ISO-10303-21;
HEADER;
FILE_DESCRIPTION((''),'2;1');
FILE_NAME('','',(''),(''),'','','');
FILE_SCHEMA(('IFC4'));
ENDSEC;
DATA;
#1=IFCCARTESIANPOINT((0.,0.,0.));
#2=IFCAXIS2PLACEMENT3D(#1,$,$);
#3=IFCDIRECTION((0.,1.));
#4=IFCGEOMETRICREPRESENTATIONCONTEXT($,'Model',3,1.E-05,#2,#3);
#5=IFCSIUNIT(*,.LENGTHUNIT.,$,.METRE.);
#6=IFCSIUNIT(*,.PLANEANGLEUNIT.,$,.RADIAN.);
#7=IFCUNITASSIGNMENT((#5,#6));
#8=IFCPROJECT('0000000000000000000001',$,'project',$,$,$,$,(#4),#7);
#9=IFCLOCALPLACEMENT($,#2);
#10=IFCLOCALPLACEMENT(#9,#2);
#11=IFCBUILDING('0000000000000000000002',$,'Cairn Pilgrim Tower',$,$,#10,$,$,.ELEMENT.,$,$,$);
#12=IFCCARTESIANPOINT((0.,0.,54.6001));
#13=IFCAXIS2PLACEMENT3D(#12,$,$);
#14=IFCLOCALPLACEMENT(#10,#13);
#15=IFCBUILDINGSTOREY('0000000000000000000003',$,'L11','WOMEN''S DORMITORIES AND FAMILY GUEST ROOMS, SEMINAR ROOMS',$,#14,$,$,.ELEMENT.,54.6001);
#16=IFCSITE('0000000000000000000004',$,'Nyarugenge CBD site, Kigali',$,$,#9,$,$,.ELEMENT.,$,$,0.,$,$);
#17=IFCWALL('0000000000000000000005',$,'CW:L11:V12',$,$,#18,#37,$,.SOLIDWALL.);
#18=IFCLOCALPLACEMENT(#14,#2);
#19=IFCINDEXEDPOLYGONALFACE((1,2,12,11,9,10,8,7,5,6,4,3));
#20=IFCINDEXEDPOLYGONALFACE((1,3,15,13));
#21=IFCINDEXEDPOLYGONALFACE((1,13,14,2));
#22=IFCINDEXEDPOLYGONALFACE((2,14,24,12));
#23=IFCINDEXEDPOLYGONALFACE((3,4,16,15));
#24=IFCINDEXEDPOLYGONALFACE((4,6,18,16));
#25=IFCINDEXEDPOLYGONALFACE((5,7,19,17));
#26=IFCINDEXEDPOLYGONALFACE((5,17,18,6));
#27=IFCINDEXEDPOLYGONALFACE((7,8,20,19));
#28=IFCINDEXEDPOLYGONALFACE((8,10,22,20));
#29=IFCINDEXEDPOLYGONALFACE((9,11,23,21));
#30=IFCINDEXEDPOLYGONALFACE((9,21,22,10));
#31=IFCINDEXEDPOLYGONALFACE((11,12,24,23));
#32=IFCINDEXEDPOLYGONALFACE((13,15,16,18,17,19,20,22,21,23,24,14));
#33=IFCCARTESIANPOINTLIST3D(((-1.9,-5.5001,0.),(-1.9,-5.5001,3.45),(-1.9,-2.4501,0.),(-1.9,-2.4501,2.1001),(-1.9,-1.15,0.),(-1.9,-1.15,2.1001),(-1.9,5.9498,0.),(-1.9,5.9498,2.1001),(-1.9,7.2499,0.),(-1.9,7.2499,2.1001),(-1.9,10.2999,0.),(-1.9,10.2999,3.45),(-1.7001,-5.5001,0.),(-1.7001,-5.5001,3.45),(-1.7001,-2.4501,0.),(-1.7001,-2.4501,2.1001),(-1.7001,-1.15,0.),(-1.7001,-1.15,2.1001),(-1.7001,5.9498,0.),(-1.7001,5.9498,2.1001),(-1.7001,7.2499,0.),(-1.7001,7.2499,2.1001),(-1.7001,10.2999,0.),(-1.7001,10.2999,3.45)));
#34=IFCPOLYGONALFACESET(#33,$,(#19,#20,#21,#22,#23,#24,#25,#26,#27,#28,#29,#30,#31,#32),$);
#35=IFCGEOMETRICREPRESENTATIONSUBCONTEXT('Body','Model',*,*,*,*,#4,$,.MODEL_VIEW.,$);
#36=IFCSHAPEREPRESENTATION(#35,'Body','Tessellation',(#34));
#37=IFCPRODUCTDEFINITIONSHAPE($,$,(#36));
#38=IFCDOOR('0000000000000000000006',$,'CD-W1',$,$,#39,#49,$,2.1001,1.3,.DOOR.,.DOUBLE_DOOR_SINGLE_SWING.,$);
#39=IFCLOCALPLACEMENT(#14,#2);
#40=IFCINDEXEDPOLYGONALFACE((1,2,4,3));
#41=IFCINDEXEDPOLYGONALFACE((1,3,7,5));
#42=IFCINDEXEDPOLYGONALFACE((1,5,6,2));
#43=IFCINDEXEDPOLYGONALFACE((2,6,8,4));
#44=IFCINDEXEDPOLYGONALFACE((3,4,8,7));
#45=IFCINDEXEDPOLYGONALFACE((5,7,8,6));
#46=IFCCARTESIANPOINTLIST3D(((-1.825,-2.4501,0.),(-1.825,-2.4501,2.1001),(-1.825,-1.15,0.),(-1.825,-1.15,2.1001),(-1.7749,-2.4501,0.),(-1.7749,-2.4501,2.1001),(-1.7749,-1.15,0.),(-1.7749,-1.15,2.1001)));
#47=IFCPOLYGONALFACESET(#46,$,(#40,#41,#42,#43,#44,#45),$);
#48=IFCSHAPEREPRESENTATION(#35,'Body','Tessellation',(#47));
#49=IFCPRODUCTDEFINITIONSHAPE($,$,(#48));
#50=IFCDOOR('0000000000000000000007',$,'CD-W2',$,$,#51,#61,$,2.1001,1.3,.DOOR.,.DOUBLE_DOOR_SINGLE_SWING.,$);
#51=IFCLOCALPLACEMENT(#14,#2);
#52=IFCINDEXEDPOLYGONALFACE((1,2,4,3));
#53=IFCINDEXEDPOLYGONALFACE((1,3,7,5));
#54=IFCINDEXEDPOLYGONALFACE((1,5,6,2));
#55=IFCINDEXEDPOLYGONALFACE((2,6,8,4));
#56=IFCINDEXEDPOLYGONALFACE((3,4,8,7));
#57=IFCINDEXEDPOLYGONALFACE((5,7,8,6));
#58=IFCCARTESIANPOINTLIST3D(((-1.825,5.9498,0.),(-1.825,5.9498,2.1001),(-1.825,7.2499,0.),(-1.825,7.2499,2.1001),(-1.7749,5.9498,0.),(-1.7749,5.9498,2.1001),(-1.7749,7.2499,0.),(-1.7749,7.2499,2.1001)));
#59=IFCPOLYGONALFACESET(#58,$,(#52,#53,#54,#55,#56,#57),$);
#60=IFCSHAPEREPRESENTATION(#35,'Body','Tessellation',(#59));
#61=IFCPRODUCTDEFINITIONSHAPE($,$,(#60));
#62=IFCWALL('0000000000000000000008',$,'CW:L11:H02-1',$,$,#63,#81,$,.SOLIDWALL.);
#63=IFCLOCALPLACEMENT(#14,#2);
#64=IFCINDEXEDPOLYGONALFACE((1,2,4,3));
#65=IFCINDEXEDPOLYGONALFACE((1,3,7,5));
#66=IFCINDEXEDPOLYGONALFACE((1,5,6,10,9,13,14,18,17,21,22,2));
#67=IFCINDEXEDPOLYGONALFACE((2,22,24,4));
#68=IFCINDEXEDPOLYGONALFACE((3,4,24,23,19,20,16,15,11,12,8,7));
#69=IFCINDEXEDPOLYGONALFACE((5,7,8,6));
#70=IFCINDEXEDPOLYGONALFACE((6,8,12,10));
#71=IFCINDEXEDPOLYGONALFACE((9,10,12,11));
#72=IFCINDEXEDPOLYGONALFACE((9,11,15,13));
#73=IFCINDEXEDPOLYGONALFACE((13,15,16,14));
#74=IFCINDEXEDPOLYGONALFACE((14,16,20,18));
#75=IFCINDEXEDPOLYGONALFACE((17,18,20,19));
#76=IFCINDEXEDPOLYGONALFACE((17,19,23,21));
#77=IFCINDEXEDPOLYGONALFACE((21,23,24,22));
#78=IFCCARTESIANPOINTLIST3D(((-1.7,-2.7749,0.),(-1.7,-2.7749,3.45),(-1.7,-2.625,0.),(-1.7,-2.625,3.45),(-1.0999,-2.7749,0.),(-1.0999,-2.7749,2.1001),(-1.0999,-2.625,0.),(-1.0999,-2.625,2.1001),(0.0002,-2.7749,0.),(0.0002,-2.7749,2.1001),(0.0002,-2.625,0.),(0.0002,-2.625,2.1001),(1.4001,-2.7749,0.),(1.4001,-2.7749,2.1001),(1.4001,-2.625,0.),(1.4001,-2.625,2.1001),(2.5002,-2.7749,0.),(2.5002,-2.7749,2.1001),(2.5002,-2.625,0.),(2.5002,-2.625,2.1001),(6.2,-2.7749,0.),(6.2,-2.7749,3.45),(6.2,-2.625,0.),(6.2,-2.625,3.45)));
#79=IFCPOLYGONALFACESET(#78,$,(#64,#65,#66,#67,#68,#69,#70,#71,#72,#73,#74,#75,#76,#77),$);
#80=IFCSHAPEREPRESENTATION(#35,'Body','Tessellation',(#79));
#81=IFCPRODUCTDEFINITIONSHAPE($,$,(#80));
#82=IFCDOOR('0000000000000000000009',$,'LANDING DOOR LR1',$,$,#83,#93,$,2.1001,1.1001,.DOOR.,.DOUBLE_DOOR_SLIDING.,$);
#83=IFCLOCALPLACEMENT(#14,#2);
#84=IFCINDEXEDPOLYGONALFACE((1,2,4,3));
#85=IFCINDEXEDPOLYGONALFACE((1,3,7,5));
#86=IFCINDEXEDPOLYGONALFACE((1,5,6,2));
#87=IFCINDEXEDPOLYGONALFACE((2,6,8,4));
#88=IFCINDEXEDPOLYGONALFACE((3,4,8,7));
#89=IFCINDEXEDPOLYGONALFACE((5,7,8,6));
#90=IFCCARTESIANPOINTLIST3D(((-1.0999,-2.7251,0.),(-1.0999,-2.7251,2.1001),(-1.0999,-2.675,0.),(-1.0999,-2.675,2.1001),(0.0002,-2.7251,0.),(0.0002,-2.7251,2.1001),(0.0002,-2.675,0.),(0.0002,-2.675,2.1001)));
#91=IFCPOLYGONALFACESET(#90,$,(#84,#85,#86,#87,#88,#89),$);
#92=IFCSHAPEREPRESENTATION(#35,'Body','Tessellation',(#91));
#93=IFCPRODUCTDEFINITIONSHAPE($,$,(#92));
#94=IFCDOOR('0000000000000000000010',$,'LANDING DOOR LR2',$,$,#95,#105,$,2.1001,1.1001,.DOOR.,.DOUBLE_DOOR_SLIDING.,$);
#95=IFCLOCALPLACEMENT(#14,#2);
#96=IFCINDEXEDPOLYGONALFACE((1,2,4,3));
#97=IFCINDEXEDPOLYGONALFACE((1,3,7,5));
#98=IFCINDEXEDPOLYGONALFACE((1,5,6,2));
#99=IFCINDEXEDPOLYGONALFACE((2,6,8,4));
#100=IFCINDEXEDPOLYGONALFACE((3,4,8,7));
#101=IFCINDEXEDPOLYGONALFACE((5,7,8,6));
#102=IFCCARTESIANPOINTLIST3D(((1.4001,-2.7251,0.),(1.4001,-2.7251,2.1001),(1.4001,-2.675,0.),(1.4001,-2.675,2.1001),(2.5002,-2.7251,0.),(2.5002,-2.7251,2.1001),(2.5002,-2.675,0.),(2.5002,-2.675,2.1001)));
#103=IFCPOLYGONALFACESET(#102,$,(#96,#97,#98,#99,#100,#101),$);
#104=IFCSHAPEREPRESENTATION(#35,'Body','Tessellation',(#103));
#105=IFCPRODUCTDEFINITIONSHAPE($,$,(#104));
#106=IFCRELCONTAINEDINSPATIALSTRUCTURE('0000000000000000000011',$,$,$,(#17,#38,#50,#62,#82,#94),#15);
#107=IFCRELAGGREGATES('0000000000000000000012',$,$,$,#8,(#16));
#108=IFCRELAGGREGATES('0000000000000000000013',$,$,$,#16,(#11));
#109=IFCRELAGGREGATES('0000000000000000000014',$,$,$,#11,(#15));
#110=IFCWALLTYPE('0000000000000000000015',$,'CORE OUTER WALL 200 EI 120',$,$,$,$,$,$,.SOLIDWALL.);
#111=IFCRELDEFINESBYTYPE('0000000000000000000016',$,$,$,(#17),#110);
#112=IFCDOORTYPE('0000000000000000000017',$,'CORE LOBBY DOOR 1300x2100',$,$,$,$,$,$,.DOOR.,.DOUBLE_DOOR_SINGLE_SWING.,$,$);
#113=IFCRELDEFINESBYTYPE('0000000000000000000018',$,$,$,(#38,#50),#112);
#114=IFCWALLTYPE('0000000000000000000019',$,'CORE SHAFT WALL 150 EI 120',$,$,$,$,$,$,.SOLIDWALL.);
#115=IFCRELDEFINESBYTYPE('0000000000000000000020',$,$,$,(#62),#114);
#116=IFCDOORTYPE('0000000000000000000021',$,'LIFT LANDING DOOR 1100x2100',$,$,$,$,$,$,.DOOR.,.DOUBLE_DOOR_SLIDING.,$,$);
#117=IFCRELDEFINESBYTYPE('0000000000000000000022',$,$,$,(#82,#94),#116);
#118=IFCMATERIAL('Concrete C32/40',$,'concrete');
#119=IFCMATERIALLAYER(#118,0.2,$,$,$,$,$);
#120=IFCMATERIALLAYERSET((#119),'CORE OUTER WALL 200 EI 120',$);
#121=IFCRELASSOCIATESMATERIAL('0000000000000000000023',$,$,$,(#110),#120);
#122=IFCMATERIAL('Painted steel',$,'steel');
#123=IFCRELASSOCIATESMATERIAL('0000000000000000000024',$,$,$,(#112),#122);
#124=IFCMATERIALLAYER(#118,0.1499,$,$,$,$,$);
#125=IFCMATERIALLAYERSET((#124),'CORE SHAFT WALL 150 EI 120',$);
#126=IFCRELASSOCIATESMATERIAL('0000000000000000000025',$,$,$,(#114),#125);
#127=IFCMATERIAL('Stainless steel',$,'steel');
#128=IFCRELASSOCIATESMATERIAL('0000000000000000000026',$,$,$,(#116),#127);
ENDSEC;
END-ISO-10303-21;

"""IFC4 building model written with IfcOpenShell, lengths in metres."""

from ifc_helpers import new_model, si_unit, direction, frame, frame_2d, origin, place, context, subcontext, project, spatial, rectangle, extrude, material, layer, layer_set, type_object, element, fill, save


model = new_model("IFC4")

# Units and contexts
model_context = context("Model", 3, precision=1e-05, world=origin(), true_north=direction((0.0, 1.0)))
body_context = subcontext(model_context, "Body", "Model", "MODEL_VIEW")
ifc_project = project(units=[si_unit("LENGTHUNIT", "METRE"), si_unit("PLANEANGLEUNIT", "RADIAN")], contexts=[model_context])

# Site, building, storey
site_placement = place(None, origin())
site = spatial("IfcSite", under=ifc_project, at=site_placement, Name="Nyarugenge CBD site, Kigali", CompositionType="ELEMENT", RefElevation=0.0)
building_placement = place(site_placement, origin())
building = spatial("IfcBuilding", under=site, at=building_placement, Name="Cairn Pilgrim Tower", CompositionType="ELEMENT")
storey_placement = place(building_placement, frame((0.0, 0.0, 54.6001)))
storey = spatial("IfcBuildingStorey", under=building, at=storey_placement, Name="L11", Description="WOMEN'S DORMITORIES AND FAMILY GUEST ROOMS, SEMINAR ROOMS", CompositionType="ELEMENT", Elevation=54.6001)

# Shared definitions
ifc_material_1 = material(Name="Concrete C32/40", Category="concrete")
ifc_layer_1 = layer(ifc_material_1, 0.2)
ifc_layer_set_1 = layer_set([ifc_layer_1], Name="CORE OUTER WALL 200 EI 120")
wall_type_1 = type_object("IfcWallType", Name="CORE OUTER WALL 200 EI 120", PredefinedType="SOLIDWALL", material=ifc_layer_set_1)

# Walls, openings, doors
wall_1_placement = place(storey_placement, frame((-1.8, -5.5, 0.0), z_axis=(0.0, 0.0, 1.0), x_axis=(0.0, 1.0, 0.0)))
wall_1 = element("IfcWall", 1, at=wall_1_placement, inside=storey, type_object=wall_type_1, Name="CW:L11:V12", PredefinedType="SOLIDWALL", context=body_context, shape_type="SweptSolid", body=[
    extrude(rectangle(XDim=15.8, YDim=0.2, at=frame_2d((7.8999, 0.0))), origin(), (0.0, 0.0, 1.0), 3.45),
])
opening_1_placement = place(wall_1_placement, frame((3.05, 0.0, 0.0)))
opening_1 = element("IfcOpeningElement", 2, at=opening_1_placement, cuts=wall_1, PredefinedType="OPENING", context=body_context, shape_type="SweptSolid", body=[
    extrude(rectangle(XDim=1.3, YDim=2.1001, at=frame_2d((0.6499, 1.05))), frame((0.0, 0.1099, 0.0), z_axis=(0.0, -1.0, 0.0), x_axis=(1.0, 0.0, 0.0)), (0.0, 0.0, 1.0), 0.22),
])
opening_2_placement = place(wall_1_placement, frame((11.45, 0.0, 0.0)))
opening_2 = element("IfcOpeningElement", 3, at=opening_2_placement, cuts=wall_1, PredefinedType="OPENING", context=body_context, shape_type="SweptSolid", body=[
    extrude(rectangle(XDim=1.3, YDim=2.1001, at=frame_2d((0.6499, 1.05))), frame((0.0, 0.1099, 0.0), z_axis=(0.0, -1.0, 0.0), x_axis=(1.0, 0.0, 0.0)), (0.0, 0.0, 1.0), 0.22),
])
ifc_material_2 = material(Name="Painted steel", Category="steel")
door_type_1 = type_object("IfcDoorType", Name="CORE LOBBY DOOR 1300x2100", OperationType="DOUBLE_DOOR_SINGLE_SWING", PredefinedType="DOOR", material=ifc_material_2)
door_1_placement = place(opening_1_placement, origin())
door_1 = element("IfcDoor", 4, at=door_1_placement, inside=storey, type_object=door_type_1, Name="CD-W1", OperationType="DOUBLE_DOOR_SINGLE_SWING", OverallHeight=2.1001, OverallWidth=1.3, PredefinedType="DOOR", context=body_context, shape_type="SweptSolid", body=[
    extrude(rectangle(XDim=1.3, YDim=2.1001, at=frame_2d((0.6499, 1.05))), frame((0.0, 0.0249, 0.0), z_axis=(0.0, -1.0, 0.0), x_axis=(1.0, 0.0, 0.0)), (0.0, 0.0, 1.0), 0.05),
])
fill(opening_1, door_1)
door_2_placement = place(opening_2_placement, origin())
door_2 = element("IfcDoor", 5, at=door_2_placement, inside=storey, type_object=door_type_1, Name="CD-W2", OperationType="DOUBLE_DOOR_SINGLE_SWING", OverallHeight=2.1001, OverallWidth=1.3, PredefinedType="DOOR", context=body_context, shape_type="SweptSolid", body=[
    extrude(rectangle(XDim=1.3, YDim=2.1001, at=frame_2d((0.6499, 1.05))), frame((0.0, 0.0249, 0.0), z_axis=(0.0, -1.0, 0.0), x_axis=(1.0, 0.0, 0.0)), (0.0, 0.0, 1.0), 0.05),
])
fill(opening_2, door_2)
ifc_layer_2 = layer(ifc_material_1, 0.1499)
ifc_layer_set_2 = layer_set([ifc_layer_2], Name="CORE SHAFT WALL 150 EI 120")
wall_type_2 = type_object("IfcWallType", Name="CORE SHAFT WALL 150 EI 120", PredefinedType="SOLIDWALL", material=ifc_layer_set_2)
wall_2_placement = place(storey_placement, frame((-1.7, -2.7, 0.0), z_axis=(0.0, 0.0, 1.0), x_axis=(1.0, 0.0, 0.0)))
wall_2 = element("IfcWall", 6, at=wall_2_placement, inside=storey, type_object=wall_type_2, Name="CW:L11:H02-1", PredefinedType="SOLIDWALL", context=body_context, shape_type="SweptSolid", body=[
    extrude(rectangle(XDim=7.8999, YDim=0.1499, at=frame_2d((3.95, 0.0))), origin(), (0.0, 0.0, 1.0), 3.45),
])
opening_3_placement = place(wall_2_placement, frame((0.6001, 0.0, 0.0)))
opening_3 = element("IfcOpeningElement", 7, at=opening_3_placement, cuts=wall_2, PredefinedType="OPENING", context=body_context, shape_type="SweptSolid", body=[
    extrude(rectangle(XDim=1.1001, YDim=2.1001, at=frame_2d((0.55, 1.05))), frame((0.0, 0.085, 0.0), z_axis=(0.0, -1.0, 0.0), x_axis=(1.0, 0.0, 0.0)), (0.0, 0.0, 1.0), 0.1699),
])
opening_4_placement = place(wall_2_placement, frame((3.1001, 0.0, 0.0)))
opening_4 = element("IfcOpeningElement", 8, at=opening_4_placement, cuts=wall_2, PredefinedType="OPENING", context=body_context, shape_type="SweptSolid", body=[
    extrude(rectangle(XDim=1.1001, YDim=2.1001, at=frame_2d((0.55, 1.05))), frame((0.0, 0.085, 0.0), z_axis=(0.0, -1.0, 0.0), x_axis=(1.0, 0.0, 0.0)), (0.0, 0.0, 1.0), 0.1699),
])
ifc_material_3 = material(Name="Stainless steel", Category="steel")
door_type_2 = type_object("IfcDoorType", Name="LIFT LANDING DOOR 1100x2100", OperationType="DOUBLE_DOOR_SLIDING", PredefinedType="DOOR", material=ifc_material_3)
door_3_placement = place(opening_3_placement, origin())
door_3 = element("IfcDoor", 9, at=door_3_placement, inside=storey, type_object=door_type_2, Name="LANDING DOOR LR1", OperationType="DOUBLE_DOOR_SLIDING", OverallHeight=2.1001, OverallWidth=1.1001, PredefinedType="DOOR", context=body_context, shape_type="SweptSolid", body=[
    extrude(rectangle(XDim=1.1001, YDim=2.1001, at=frame_2d((0.55, 1.05))), frame((0.0, 0.0249, 0.0), z_axis=(0.0, -1.0, 0.0), x_axis=(1.0, 0.0, 0.0)), (0.0, 0.0, 1.0), 0.05),
])
fill(opening_3, door_3)
door_4_placement = place(opening_4_placement, origin())
door_4 = element("IfcDoor", 10, at=door_4_placement, inside=storey, type_object=door_type_2, Name="LANDING DOOR LR2", OperationType="DOUBLE_DOOR_SLIDING", OverallHeight=2.1001, OverallWidth=1.1001, PredefinedType="DOOR", context=body_context, shape_type="SweptSolid", body=[
    extrude(rectangle(XDim=1.1001, YDim=2.1001, at=frame_2d((0.55, 1.05))), frame((0.0, 0.0249, 0.0), z_axis=(0.0, -1.0, 0.0), x_axis=(1.0, 0.0, 0.0)), (0.0, 0.0, 1.0), 0.05),
])
fill(opening_4, door_4)

save(model, "model.ifc")
